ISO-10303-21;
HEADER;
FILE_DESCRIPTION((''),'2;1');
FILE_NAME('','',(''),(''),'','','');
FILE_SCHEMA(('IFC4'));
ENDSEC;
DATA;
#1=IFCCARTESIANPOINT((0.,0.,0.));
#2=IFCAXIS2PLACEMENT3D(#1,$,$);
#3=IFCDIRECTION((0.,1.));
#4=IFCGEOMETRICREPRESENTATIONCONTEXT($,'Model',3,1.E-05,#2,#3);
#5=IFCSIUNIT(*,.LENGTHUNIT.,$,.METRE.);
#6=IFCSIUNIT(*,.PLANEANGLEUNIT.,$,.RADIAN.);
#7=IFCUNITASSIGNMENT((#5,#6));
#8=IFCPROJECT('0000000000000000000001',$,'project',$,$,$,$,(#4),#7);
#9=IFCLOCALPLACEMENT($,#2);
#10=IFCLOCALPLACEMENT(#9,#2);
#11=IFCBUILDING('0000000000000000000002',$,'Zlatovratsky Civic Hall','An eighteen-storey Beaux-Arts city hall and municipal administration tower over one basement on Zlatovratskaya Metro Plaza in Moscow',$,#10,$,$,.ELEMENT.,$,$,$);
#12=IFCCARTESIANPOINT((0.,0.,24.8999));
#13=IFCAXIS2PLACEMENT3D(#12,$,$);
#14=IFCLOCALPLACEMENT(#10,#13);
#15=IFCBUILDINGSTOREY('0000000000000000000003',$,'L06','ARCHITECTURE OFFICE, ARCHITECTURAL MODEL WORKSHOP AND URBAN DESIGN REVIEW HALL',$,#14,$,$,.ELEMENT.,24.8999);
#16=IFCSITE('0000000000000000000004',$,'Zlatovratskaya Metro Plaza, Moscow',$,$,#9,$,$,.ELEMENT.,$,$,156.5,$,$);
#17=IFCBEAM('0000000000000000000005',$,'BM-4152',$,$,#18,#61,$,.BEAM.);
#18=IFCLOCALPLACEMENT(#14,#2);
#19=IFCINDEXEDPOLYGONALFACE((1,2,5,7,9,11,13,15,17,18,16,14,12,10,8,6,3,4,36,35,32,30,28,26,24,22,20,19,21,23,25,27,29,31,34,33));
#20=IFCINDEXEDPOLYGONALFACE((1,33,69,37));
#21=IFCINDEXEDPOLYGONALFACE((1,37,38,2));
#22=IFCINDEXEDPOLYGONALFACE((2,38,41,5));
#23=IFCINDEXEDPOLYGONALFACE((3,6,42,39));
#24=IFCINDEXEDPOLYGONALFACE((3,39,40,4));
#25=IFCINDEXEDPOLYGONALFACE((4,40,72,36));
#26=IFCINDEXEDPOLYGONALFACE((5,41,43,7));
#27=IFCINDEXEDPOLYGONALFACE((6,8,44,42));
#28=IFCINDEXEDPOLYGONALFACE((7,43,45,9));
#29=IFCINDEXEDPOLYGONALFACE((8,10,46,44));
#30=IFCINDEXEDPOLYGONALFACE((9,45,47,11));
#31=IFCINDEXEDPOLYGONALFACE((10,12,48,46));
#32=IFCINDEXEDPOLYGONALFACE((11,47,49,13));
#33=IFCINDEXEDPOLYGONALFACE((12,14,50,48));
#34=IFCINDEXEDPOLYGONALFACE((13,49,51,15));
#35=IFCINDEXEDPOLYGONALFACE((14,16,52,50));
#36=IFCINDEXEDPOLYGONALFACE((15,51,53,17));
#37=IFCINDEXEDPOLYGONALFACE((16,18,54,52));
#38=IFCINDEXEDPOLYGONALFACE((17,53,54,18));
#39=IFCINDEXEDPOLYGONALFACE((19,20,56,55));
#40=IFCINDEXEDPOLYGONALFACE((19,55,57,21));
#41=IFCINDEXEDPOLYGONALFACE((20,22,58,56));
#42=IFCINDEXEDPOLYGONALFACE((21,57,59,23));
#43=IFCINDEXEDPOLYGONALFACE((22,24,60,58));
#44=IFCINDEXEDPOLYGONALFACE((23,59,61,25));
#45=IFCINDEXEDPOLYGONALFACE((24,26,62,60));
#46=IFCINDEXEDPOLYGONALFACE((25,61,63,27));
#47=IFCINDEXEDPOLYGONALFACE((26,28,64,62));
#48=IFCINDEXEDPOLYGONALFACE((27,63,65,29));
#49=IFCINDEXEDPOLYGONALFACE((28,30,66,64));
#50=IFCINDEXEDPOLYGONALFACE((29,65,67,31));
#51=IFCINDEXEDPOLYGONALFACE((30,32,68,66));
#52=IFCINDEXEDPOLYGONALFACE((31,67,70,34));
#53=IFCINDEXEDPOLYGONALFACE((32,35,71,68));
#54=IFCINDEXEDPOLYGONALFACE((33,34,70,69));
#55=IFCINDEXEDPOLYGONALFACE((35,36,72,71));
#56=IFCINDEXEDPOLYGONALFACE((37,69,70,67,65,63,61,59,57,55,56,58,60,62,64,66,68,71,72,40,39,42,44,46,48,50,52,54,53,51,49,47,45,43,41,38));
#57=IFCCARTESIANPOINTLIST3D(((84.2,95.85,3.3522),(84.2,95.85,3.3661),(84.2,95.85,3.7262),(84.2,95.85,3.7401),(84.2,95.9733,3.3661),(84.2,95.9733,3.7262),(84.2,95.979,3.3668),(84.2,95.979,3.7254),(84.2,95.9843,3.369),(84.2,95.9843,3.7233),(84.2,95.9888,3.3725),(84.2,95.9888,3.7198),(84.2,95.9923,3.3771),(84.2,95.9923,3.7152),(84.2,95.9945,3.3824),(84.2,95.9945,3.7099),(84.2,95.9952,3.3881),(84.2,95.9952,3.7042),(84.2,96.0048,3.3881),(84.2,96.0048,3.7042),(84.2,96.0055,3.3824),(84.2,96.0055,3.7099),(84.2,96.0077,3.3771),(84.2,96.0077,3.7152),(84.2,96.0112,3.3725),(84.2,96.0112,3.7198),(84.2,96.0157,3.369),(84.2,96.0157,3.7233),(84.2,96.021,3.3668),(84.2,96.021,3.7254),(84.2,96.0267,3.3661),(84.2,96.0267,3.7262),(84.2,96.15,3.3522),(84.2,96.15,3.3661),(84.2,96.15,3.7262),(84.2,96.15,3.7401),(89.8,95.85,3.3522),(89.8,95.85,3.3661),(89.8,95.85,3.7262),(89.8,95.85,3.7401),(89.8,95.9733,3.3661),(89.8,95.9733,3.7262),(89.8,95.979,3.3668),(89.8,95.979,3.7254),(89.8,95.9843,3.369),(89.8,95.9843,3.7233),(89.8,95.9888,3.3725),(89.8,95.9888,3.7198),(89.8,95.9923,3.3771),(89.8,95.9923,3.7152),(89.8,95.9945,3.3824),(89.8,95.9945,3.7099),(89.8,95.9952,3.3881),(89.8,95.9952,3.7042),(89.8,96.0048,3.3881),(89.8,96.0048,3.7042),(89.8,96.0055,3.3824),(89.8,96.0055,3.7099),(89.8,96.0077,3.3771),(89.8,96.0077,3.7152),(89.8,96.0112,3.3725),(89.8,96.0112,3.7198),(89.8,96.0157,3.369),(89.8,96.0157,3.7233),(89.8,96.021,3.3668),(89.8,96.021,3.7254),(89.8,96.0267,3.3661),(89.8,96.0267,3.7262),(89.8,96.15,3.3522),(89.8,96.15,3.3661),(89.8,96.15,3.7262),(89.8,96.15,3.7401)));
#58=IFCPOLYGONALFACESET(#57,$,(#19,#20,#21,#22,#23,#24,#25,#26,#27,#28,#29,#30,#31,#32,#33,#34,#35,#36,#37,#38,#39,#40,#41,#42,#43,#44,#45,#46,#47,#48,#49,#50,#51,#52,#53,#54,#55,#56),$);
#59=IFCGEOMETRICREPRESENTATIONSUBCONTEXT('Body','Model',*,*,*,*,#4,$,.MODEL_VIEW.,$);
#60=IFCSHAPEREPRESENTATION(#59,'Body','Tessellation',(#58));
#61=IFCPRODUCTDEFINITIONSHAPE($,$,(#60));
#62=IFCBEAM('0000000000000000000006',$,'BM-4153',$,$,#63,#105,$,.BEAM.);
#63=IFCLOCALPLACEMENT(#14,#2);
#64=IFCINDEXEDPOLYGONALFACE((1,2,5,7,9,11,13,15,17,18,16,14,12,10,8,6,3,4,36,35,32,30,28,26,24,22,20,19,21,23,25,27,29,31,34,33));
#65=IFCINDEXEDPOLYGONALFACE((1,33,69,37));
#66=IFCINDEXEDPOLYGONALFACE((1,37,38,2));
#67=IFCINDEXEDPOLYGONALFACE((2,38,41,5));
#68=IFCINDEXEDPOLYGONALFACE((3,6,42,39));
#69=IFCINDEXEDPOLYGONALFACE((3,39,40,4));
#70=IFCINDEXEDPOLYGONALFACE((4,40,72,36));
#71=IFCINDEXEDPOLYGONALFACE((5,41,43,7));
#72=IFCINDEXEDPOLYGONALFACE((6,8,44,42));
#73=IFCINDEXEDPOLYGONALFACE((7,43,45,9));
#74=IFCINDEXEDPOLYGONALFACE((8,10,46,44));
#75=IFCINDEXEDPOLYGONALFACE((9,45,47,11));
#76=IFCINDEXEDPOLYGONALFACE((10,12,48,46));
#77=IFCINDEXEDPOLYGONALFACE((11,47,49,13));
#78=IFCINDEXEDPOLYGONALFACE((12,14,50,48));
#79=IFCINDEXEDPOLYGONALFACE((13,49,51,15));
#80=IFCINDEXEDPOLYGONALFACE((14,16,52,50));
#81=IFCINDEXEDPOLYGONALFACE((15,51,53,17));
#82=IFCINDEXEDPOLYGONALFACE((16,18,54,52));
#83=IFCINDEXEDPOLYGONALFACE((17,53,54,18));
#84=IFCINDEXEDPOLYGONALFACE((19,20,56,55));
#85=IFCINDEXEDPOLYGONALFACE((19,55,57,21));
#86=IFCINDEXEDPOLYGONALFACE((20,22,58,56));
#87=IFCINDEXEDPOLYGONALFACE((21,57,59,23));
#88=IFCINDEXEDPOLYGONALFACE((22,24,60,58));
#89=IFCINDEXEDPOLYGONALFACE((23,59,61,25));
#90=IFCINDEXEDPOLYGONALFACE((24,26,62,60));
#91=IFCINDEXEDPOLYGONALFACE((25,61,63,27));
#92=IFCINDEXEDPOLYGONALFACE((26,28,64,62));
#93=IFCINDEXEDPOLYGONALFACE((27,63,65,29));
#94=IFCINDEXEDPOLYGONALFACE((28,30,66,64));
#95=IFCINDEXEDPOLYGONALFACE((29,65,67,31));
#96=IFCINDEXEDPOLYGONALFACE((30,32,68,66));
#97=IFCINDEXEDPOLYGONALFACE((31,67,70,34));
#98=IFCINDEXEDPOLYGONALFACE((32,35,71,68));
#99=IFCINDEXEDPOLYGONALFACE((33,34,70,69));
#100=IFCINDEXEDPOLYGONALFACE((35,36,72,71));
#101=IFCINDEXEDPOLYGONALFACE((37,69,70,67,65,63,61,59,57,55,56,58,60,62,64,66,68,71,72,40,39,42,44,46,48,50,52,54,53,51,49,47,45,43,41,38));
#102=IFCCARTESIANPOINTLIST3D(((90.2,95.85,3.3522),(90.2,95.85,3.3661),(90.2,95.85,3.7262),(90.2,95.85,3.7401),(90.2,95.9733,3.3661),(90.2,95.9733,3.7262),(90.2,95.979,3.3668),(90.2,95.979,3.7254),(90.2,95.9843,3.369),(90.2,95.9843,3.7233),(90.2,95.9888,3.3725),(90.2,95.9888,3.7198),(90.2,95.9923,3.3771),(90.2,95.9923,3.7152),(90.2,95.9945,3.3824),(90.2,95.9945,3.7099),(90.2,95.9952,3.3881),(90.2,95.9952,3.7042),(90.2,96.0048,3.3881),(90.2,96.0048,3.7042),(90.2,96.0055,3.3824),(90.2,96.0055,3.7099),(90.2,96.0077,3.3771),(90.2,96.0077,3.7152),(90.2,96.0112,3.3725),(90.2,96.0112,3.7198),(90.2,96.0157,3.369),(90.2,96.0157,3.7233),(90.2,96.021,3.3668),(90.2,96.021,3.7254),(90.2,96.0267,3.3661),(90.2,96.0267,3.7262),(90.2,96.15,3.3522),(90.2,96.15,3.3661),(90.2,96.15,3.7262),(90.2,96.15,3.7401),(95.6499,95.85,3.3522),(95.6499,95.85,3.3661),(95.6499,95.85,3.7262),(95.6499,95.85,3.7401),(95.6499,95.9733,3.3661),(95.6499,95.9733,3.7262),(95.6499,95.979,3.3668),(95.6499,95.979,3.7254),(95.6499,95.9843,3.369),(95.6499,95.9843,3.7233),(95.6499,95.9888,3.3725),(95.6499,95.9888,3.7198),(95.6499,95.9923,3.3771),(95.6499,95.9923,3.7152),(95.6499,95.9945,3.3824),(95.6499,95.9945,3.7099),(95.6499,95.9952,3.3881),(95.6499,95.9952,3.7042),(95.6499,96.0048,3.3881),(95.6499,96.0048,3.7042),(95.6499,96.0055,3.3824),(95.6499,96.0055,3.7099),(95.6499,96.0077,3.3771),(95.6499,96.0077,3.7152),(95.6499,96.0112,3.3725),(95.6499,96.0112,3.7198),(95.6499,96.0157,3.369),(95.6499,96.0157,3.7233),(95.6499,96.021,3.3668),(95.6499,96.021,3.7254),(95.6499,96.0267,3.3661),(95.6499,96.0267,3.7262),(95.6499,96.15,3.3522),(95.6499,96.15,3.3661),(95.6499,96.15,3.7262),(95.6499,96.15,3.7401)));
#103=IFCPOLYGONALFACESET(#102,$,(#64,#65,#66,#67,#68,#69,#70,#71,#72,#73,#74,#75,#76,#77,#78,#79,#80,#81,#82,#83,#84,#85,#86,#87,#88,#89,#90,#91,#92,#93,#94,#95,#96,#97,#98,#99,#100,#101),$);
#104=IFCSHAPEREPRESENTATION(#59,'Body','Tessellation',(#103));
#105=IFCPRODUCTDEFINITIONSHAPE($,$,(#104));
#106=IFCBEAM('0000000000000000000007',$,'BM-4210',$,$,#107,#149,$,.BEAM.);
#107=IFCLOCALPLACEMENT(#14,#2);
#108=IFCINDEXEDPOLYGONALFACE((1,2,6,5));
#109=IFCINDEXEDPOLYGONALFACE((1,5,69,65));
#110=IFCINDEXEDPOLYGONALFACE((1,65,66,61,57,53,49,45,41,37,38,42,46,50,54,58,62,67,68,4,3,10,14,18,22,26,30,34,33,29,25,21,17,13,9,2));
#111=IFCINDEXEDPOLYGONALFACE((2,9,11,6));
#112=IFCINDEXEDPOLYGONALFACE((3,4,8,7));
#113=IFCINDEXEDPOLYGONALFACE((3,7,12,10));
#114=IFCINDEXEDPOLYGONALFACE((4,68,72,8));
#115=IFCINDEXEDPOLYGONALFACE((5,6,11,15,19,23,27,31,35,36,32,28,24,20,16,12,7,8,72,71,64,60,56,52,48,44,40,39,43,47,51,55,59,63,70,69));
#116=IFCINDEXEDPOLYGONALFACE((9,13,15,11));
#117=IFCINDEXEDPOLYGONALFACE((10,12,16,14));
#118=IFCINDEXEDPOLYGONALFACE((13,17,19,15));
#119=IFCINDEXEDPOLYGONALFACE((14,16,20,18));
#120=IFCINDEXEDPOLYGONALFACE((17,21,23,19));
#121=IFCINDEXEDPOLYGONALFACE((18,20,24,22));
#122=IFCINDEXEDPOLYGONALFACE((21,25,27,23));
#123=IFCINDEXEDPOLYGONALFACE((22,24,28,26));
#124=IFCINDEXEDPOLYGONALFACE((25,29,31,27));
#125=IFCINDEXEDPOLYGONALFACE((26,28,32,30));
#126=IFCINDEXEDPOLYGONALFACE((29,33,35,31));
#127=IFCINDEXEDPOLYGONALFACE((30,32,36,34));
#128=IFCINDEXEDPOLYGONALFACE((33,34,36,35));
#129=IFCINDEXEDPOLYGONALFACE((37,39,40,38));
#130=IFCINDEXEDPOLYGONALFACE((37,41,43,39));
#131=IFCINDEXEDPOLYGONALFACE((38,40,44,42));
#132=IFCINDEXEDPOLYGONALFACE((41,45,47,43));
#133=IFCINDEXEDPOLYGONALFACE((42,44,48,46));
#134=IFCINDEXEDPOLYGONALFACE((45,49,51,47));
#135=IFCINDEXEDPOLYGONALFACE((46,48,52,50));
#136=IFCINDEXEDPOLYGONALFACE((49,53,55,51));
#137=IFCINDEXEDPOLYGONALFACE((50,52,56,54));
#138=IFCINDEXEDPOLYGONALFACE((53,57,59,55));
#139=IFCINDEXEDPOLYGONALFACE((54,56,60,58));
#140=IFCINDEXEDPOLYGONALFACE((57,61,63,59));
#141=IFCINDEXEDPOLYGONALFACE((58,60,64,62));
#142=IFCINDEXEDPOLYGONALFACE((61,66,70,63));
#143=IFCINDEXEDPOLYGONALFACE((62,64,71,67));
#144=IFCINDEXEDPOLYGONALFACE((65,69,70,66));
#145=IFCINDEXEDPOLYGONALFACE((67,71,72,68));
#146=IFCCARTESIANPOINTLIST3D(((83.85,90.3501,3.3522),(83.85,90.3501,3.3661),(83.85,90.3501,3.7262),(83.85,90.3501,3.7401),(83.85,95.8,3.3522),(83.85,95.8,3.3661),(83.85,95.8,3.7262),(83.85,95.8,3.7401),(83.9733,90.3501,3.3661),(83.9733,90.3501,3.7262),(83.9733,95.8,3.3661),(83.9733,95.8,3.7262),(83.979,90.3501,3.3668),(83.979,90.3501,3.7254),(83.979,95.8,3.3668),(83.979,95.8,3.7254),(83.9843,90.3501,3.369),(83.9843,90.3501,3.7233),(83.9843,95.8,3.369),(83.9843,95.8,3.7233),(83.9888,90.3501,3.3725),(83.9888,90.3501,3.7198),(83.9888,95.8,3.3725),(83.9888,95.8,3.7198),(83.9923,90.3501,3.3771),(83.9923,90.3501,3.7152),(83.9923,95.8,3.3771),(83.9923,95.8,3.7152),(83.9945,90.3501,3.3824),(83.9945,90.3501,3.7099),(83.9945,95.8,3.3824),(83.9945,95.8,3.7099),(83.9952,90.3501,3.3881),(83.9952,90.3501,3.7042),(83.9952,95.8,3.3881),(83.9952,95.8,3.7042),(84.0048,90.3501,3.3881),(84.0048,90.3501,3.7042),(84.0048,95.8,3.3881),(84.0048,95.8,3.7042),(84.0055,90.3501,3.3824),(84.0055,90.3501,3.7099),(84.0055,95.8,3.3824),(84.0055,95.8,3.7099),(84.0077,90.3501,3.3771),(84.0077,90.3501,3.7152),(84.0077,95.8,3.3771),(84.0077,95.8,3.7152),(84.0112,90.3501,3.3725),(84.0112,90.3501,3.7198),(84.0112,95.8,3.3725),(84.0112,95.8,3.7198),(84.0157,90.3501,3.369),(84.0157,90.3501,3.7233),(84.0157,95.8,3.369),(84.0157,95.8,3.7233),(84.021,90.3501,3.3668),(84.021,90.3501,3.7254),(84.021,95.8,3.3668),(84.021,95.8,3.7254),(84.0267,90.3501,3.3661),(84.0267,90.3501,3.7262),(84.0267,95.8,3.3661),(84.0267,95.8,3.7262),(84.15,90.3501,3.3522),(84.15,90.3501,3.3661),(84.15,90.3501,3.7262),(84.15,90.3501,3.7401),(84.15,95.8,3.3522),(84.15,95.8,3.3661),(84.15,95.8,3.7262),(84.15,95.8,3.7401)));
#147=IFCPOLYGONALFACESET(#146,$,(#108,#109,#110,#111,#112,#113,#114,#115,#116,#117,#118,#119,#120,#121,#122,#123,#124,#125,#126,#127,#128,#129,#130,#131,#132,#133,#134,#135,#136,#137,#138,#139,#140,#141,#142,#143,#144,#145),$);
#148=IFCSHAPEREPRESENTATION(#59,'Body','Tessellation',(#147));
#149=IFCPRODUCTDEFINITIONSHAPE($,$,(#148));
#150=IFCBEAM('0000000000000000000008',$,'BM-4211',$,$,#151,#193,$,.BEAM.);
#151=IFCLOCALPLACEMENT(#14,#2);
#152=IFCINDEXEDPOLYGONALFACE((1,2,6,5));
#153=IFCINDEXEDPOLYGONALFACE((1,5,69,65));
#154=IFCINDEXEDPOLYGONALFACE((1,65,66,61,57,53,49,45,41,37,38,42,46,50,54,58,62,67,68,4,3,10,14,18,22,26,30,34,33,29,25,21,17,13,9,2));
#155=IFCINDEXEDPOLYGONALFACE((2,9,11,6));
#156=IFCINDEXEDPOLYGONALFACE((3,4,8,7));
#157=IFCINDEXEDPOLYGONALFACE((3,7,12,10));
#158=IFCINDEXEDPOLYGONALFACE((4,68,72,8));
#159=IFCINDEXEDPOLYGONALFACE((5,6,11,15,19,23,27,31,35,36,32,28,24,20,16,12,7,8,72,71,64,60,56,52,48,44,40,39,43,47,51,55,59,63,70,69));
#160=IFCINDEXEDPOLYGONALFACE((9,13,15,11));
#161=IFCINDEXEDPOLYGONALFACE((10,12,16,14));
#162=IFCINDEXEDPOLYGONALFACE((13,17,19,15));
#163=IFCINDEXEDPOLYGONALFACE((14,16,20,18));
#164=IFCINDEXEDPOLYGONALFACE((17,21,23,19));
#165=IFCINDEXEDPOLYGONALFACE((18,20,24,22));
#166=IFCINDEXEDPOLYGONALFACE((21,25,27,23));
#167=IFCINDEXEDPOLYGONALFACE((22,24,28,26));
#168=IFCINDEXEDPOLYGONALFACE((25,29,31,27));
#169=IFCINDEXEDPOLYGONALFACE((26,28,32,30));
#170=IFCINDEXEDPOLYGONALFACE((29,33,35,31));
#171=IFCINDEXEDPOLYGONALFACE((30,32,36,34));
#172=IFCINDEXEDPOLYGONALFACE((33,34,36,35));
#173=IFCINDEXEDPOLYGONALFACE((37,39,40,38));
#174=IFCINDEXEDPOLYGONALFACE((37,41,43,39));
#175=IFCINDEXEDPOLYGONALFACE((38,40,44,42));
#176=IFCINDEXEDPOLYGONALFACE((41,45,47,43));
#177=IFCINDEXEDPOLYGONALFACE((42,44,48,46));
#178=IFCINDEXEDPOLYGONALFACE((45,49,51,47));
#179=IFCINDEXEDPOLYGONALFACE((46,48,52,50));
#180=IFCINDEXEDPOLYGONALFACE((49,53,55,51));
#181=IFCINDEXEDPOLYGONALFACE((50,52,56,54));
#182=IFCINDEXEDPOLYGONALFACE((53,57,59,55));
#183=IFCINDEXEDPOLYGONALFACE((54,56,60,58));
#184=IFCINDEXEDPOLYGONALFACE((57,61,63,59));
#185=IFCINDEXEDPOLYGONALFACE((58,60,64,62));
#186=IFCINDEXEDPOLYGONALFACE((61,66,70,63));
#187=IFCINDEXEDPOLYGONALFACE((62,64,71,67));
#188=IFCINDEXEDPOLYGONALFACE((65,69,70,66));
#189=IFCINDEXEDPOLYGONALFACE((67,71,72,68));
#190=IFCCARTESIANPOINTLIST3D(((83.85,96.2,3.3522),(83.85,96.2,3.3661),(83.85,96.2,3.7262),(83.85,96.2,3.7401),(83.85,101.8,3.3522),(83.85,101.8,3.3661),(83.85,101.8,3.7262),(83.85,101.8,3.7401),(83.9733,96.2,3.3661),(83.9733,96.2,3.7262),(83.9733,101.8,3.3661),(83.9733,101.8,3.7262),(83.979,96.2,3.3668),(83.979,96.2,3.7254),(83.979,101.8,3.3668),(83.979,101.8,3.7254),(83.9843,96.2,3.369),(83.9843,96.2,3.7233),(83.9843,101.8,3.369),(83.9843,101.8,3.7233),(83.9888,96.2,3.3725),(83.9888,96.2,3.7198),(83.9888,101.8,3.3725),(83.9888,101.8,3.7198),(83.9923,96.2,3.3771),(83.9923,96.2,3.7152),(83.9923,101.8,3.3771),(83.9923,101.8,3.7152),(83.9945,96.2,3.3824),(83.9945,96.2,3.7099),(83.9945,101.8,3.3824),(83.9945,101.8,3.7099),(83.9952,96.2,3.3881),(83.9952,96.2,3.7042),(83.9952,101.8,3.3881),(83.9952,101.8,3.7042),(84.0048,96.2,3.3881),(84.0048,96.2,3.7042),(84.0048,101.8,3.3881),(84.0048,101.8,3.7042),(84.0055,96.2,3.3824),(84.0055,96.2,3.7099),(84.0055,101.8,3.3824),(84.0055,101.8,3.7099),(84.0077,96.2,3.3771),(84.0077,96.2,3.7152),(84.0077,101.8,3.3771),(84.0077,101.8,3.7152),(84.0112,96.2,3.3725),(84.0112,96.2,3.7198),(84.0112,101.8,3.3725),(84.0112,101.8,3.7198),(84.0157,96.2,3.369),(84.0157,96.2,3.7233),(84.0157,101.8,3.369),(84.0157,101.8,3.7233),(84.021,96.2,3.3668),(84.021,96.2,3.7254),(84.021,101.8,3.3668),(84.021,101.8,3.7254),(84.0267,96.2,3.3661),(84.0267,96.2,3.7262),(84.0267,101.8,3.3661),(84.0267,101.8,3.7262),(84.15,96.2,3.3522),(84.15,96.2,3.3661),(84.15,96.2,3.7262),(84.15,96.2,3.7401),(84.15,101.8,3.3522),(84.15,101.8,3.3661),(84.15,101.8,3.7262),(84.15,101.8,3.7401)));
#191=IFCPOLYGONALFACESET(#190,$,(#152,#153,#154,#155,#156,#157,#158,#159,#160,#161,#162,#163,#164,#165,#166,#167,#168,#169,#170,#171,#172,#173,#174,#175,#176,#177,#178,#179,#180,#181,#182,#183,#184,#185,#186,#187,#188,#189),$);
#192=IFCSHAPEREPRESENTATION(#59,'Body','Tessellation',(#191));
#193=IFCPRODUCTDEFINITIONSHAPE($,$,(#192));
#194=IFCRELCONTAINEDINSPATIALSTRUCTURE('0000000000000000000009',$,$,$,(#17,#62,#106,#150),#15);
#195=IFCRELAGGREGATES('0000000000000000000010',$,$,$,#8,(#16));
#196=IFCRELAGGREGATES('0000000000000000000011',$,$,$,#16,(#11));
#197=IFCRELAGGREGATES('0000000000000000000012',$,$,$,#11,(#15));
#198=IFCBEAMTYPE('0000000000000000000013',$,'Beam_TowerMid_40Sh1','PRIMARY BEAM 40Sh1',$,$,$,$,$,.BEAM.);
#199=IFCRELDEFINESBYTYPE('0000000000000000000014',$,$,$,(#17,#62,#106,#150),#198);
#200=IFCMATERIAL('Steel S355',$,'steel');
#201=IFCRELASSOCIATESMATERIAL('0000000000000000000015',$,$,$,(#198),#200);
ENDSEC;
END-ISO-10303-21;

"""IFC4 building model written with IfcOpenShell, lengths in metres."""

from ifc_helpers import new_model, si_unit, direction, frame, origin, origin_2d, place, context, subcontext, project, spatial, i_section, extrude, material, material_profile, profile_set, type_object, element, save


model = new_model("IFC4")

# Units and contexts
model_context = context("Model", 3, precision=1e-05, world=origin(), true_north=direction((0.0, 1.0)))
body_context = subcontext(model_context, "Body", "Model", "MODEL_VIEW")
ifc_project = project(units=[si_unit("LENGTHUNIT", "METRE"), si_unit("PLANEANGLEUNIT", "RADIAN")], contexts=[model_context])

# Site, building, storey
site_placement = place(None, origin())
site = spatial("IfcSite", under=ifc_project, at=site_placement, Name="Zlatovratskaya Metro Plaza, Moscow", CompositionType="ELEMENT", RefElevation=156.5)
building_placement = place(site_placement, origin())
building = spatial("IfcBuilding", under=site, at=building_placement, Name="Zlatovratsky Civic Hall", Description="An eighteen-storey Beaux-Arts city hall and municipal administration tower over one basement on Zlatovratskaya Metro Plaza in Moscow", CompositionType="ELEMENT")
storey_placement = place(building_placement, frame((0.0, 0.0, 24.8999)))
storey = spatial("IfcBuildingStorey", under=building, at=storey_placement, Name="L06", Description="ARCHITECTURE OFFICE, ARCHITECTURAL MODEL WORKSHOP AND URBAN DESIGN REVIEW HALL", CompositionType="ELEMENT", Elevation=24.8999)

# Shared definitions
ifc_material_1 = material(Name="Steel S355", Category="steel")

# Beams
ifc_material_profile_1 = material_profile(ifc_material_1, i_section(OverallWidth=0.3, OverallDepth=0.3879, WebThickness=0.0095, FlangeThickness=0.0139, FilletRadius=0.022, at=origin_2d()), Name="40Sh1")
ifc_profile_set_1 = profile_set([ifc_material_profile_1], Name="Steel S355")
beam_type_1 = type_object("IfcBeamType", Name="Beam_TowerMid_40Sh1", Description="PRIMARY BEAM 40Sh1", PredefinedType="BEAM", material=ifc_profile_set_1)
beam_1_placement = place(storey_placement, frame((84.2, 96.0, 3.5461), z_axis=(1.0, 0.0, 0.0), x_axis=(0.0, 1.0, 0.0)))
element("IfcBeam", 1, at=beam_1_placement, inside=storey, type_object=beam_type_1, Name="BM-4152", PredefinedType="BEAM", context=body_context, shape_type="SweptSolid", body=[
    extrude(i_section(OverallWidth=0.3, OverallDepth=0.3879, WebThickness=0.0095, FlangeThickness=0.0139, FilletRadius=0.022, at=origin_2d()), origin(), (0.0, 0.0, 1.0), 5.6001),
])
for number, where, z_axis, x_axis, name in (
    (2, (90.2, 96.0, 3.5461), (1.0, 0.0, 0.0), (0.0, 1.0, 0.0), "BM-4153"),
    (3, (84.0, 90.3501, 3.5461), (0.0, 1.0, 0.0), (-1.0, 0.0, 0.0), "BM-4210"),
):
    element("IfcBeam", number, at=place(storey_placement, frame(where, z_axis=z_axis, x_axis=x_axis)), inside=storey, type_object=beam_type_1, Name=name, PredefinedType="BEAM", context=body_context, shape_type="SweptSolid", body=[
        extrude(i_section(OverallWidth=0.3, OverallDepth=0.3879, WebThickness=0.0095, FlangeThickness=0.0139, FilletRadius=0.022, at=origin_2d()), origin(), (0.0, 0.0, 1.0), 5.45),
    ])
beam_2_placement = place(storey_placement, frame((84.0, 96.2, 3.5461), z_axis=(0.0, 1.0, 0.0), x_axis=(-1.0, 0.0, 0.0)))
element("IfcBeam", 4, at=beam_2_placement, inside=storey, type_object=beam_type_1, Name="BM-4211", PredefinedType="BEAM", context=body_context, shape_type="SweptSolid", body=[
    extrude(i_section(OverallWidth=0.3, OverallDepth=0.3879, WebThickness=0.0095, FlangeThickness=0.0139, FilletRadius=0.022, at=origin_2d()), origin(), (0.0, 0.0, 1.0), 5.6001),
])

save(model, "model.ifc")
